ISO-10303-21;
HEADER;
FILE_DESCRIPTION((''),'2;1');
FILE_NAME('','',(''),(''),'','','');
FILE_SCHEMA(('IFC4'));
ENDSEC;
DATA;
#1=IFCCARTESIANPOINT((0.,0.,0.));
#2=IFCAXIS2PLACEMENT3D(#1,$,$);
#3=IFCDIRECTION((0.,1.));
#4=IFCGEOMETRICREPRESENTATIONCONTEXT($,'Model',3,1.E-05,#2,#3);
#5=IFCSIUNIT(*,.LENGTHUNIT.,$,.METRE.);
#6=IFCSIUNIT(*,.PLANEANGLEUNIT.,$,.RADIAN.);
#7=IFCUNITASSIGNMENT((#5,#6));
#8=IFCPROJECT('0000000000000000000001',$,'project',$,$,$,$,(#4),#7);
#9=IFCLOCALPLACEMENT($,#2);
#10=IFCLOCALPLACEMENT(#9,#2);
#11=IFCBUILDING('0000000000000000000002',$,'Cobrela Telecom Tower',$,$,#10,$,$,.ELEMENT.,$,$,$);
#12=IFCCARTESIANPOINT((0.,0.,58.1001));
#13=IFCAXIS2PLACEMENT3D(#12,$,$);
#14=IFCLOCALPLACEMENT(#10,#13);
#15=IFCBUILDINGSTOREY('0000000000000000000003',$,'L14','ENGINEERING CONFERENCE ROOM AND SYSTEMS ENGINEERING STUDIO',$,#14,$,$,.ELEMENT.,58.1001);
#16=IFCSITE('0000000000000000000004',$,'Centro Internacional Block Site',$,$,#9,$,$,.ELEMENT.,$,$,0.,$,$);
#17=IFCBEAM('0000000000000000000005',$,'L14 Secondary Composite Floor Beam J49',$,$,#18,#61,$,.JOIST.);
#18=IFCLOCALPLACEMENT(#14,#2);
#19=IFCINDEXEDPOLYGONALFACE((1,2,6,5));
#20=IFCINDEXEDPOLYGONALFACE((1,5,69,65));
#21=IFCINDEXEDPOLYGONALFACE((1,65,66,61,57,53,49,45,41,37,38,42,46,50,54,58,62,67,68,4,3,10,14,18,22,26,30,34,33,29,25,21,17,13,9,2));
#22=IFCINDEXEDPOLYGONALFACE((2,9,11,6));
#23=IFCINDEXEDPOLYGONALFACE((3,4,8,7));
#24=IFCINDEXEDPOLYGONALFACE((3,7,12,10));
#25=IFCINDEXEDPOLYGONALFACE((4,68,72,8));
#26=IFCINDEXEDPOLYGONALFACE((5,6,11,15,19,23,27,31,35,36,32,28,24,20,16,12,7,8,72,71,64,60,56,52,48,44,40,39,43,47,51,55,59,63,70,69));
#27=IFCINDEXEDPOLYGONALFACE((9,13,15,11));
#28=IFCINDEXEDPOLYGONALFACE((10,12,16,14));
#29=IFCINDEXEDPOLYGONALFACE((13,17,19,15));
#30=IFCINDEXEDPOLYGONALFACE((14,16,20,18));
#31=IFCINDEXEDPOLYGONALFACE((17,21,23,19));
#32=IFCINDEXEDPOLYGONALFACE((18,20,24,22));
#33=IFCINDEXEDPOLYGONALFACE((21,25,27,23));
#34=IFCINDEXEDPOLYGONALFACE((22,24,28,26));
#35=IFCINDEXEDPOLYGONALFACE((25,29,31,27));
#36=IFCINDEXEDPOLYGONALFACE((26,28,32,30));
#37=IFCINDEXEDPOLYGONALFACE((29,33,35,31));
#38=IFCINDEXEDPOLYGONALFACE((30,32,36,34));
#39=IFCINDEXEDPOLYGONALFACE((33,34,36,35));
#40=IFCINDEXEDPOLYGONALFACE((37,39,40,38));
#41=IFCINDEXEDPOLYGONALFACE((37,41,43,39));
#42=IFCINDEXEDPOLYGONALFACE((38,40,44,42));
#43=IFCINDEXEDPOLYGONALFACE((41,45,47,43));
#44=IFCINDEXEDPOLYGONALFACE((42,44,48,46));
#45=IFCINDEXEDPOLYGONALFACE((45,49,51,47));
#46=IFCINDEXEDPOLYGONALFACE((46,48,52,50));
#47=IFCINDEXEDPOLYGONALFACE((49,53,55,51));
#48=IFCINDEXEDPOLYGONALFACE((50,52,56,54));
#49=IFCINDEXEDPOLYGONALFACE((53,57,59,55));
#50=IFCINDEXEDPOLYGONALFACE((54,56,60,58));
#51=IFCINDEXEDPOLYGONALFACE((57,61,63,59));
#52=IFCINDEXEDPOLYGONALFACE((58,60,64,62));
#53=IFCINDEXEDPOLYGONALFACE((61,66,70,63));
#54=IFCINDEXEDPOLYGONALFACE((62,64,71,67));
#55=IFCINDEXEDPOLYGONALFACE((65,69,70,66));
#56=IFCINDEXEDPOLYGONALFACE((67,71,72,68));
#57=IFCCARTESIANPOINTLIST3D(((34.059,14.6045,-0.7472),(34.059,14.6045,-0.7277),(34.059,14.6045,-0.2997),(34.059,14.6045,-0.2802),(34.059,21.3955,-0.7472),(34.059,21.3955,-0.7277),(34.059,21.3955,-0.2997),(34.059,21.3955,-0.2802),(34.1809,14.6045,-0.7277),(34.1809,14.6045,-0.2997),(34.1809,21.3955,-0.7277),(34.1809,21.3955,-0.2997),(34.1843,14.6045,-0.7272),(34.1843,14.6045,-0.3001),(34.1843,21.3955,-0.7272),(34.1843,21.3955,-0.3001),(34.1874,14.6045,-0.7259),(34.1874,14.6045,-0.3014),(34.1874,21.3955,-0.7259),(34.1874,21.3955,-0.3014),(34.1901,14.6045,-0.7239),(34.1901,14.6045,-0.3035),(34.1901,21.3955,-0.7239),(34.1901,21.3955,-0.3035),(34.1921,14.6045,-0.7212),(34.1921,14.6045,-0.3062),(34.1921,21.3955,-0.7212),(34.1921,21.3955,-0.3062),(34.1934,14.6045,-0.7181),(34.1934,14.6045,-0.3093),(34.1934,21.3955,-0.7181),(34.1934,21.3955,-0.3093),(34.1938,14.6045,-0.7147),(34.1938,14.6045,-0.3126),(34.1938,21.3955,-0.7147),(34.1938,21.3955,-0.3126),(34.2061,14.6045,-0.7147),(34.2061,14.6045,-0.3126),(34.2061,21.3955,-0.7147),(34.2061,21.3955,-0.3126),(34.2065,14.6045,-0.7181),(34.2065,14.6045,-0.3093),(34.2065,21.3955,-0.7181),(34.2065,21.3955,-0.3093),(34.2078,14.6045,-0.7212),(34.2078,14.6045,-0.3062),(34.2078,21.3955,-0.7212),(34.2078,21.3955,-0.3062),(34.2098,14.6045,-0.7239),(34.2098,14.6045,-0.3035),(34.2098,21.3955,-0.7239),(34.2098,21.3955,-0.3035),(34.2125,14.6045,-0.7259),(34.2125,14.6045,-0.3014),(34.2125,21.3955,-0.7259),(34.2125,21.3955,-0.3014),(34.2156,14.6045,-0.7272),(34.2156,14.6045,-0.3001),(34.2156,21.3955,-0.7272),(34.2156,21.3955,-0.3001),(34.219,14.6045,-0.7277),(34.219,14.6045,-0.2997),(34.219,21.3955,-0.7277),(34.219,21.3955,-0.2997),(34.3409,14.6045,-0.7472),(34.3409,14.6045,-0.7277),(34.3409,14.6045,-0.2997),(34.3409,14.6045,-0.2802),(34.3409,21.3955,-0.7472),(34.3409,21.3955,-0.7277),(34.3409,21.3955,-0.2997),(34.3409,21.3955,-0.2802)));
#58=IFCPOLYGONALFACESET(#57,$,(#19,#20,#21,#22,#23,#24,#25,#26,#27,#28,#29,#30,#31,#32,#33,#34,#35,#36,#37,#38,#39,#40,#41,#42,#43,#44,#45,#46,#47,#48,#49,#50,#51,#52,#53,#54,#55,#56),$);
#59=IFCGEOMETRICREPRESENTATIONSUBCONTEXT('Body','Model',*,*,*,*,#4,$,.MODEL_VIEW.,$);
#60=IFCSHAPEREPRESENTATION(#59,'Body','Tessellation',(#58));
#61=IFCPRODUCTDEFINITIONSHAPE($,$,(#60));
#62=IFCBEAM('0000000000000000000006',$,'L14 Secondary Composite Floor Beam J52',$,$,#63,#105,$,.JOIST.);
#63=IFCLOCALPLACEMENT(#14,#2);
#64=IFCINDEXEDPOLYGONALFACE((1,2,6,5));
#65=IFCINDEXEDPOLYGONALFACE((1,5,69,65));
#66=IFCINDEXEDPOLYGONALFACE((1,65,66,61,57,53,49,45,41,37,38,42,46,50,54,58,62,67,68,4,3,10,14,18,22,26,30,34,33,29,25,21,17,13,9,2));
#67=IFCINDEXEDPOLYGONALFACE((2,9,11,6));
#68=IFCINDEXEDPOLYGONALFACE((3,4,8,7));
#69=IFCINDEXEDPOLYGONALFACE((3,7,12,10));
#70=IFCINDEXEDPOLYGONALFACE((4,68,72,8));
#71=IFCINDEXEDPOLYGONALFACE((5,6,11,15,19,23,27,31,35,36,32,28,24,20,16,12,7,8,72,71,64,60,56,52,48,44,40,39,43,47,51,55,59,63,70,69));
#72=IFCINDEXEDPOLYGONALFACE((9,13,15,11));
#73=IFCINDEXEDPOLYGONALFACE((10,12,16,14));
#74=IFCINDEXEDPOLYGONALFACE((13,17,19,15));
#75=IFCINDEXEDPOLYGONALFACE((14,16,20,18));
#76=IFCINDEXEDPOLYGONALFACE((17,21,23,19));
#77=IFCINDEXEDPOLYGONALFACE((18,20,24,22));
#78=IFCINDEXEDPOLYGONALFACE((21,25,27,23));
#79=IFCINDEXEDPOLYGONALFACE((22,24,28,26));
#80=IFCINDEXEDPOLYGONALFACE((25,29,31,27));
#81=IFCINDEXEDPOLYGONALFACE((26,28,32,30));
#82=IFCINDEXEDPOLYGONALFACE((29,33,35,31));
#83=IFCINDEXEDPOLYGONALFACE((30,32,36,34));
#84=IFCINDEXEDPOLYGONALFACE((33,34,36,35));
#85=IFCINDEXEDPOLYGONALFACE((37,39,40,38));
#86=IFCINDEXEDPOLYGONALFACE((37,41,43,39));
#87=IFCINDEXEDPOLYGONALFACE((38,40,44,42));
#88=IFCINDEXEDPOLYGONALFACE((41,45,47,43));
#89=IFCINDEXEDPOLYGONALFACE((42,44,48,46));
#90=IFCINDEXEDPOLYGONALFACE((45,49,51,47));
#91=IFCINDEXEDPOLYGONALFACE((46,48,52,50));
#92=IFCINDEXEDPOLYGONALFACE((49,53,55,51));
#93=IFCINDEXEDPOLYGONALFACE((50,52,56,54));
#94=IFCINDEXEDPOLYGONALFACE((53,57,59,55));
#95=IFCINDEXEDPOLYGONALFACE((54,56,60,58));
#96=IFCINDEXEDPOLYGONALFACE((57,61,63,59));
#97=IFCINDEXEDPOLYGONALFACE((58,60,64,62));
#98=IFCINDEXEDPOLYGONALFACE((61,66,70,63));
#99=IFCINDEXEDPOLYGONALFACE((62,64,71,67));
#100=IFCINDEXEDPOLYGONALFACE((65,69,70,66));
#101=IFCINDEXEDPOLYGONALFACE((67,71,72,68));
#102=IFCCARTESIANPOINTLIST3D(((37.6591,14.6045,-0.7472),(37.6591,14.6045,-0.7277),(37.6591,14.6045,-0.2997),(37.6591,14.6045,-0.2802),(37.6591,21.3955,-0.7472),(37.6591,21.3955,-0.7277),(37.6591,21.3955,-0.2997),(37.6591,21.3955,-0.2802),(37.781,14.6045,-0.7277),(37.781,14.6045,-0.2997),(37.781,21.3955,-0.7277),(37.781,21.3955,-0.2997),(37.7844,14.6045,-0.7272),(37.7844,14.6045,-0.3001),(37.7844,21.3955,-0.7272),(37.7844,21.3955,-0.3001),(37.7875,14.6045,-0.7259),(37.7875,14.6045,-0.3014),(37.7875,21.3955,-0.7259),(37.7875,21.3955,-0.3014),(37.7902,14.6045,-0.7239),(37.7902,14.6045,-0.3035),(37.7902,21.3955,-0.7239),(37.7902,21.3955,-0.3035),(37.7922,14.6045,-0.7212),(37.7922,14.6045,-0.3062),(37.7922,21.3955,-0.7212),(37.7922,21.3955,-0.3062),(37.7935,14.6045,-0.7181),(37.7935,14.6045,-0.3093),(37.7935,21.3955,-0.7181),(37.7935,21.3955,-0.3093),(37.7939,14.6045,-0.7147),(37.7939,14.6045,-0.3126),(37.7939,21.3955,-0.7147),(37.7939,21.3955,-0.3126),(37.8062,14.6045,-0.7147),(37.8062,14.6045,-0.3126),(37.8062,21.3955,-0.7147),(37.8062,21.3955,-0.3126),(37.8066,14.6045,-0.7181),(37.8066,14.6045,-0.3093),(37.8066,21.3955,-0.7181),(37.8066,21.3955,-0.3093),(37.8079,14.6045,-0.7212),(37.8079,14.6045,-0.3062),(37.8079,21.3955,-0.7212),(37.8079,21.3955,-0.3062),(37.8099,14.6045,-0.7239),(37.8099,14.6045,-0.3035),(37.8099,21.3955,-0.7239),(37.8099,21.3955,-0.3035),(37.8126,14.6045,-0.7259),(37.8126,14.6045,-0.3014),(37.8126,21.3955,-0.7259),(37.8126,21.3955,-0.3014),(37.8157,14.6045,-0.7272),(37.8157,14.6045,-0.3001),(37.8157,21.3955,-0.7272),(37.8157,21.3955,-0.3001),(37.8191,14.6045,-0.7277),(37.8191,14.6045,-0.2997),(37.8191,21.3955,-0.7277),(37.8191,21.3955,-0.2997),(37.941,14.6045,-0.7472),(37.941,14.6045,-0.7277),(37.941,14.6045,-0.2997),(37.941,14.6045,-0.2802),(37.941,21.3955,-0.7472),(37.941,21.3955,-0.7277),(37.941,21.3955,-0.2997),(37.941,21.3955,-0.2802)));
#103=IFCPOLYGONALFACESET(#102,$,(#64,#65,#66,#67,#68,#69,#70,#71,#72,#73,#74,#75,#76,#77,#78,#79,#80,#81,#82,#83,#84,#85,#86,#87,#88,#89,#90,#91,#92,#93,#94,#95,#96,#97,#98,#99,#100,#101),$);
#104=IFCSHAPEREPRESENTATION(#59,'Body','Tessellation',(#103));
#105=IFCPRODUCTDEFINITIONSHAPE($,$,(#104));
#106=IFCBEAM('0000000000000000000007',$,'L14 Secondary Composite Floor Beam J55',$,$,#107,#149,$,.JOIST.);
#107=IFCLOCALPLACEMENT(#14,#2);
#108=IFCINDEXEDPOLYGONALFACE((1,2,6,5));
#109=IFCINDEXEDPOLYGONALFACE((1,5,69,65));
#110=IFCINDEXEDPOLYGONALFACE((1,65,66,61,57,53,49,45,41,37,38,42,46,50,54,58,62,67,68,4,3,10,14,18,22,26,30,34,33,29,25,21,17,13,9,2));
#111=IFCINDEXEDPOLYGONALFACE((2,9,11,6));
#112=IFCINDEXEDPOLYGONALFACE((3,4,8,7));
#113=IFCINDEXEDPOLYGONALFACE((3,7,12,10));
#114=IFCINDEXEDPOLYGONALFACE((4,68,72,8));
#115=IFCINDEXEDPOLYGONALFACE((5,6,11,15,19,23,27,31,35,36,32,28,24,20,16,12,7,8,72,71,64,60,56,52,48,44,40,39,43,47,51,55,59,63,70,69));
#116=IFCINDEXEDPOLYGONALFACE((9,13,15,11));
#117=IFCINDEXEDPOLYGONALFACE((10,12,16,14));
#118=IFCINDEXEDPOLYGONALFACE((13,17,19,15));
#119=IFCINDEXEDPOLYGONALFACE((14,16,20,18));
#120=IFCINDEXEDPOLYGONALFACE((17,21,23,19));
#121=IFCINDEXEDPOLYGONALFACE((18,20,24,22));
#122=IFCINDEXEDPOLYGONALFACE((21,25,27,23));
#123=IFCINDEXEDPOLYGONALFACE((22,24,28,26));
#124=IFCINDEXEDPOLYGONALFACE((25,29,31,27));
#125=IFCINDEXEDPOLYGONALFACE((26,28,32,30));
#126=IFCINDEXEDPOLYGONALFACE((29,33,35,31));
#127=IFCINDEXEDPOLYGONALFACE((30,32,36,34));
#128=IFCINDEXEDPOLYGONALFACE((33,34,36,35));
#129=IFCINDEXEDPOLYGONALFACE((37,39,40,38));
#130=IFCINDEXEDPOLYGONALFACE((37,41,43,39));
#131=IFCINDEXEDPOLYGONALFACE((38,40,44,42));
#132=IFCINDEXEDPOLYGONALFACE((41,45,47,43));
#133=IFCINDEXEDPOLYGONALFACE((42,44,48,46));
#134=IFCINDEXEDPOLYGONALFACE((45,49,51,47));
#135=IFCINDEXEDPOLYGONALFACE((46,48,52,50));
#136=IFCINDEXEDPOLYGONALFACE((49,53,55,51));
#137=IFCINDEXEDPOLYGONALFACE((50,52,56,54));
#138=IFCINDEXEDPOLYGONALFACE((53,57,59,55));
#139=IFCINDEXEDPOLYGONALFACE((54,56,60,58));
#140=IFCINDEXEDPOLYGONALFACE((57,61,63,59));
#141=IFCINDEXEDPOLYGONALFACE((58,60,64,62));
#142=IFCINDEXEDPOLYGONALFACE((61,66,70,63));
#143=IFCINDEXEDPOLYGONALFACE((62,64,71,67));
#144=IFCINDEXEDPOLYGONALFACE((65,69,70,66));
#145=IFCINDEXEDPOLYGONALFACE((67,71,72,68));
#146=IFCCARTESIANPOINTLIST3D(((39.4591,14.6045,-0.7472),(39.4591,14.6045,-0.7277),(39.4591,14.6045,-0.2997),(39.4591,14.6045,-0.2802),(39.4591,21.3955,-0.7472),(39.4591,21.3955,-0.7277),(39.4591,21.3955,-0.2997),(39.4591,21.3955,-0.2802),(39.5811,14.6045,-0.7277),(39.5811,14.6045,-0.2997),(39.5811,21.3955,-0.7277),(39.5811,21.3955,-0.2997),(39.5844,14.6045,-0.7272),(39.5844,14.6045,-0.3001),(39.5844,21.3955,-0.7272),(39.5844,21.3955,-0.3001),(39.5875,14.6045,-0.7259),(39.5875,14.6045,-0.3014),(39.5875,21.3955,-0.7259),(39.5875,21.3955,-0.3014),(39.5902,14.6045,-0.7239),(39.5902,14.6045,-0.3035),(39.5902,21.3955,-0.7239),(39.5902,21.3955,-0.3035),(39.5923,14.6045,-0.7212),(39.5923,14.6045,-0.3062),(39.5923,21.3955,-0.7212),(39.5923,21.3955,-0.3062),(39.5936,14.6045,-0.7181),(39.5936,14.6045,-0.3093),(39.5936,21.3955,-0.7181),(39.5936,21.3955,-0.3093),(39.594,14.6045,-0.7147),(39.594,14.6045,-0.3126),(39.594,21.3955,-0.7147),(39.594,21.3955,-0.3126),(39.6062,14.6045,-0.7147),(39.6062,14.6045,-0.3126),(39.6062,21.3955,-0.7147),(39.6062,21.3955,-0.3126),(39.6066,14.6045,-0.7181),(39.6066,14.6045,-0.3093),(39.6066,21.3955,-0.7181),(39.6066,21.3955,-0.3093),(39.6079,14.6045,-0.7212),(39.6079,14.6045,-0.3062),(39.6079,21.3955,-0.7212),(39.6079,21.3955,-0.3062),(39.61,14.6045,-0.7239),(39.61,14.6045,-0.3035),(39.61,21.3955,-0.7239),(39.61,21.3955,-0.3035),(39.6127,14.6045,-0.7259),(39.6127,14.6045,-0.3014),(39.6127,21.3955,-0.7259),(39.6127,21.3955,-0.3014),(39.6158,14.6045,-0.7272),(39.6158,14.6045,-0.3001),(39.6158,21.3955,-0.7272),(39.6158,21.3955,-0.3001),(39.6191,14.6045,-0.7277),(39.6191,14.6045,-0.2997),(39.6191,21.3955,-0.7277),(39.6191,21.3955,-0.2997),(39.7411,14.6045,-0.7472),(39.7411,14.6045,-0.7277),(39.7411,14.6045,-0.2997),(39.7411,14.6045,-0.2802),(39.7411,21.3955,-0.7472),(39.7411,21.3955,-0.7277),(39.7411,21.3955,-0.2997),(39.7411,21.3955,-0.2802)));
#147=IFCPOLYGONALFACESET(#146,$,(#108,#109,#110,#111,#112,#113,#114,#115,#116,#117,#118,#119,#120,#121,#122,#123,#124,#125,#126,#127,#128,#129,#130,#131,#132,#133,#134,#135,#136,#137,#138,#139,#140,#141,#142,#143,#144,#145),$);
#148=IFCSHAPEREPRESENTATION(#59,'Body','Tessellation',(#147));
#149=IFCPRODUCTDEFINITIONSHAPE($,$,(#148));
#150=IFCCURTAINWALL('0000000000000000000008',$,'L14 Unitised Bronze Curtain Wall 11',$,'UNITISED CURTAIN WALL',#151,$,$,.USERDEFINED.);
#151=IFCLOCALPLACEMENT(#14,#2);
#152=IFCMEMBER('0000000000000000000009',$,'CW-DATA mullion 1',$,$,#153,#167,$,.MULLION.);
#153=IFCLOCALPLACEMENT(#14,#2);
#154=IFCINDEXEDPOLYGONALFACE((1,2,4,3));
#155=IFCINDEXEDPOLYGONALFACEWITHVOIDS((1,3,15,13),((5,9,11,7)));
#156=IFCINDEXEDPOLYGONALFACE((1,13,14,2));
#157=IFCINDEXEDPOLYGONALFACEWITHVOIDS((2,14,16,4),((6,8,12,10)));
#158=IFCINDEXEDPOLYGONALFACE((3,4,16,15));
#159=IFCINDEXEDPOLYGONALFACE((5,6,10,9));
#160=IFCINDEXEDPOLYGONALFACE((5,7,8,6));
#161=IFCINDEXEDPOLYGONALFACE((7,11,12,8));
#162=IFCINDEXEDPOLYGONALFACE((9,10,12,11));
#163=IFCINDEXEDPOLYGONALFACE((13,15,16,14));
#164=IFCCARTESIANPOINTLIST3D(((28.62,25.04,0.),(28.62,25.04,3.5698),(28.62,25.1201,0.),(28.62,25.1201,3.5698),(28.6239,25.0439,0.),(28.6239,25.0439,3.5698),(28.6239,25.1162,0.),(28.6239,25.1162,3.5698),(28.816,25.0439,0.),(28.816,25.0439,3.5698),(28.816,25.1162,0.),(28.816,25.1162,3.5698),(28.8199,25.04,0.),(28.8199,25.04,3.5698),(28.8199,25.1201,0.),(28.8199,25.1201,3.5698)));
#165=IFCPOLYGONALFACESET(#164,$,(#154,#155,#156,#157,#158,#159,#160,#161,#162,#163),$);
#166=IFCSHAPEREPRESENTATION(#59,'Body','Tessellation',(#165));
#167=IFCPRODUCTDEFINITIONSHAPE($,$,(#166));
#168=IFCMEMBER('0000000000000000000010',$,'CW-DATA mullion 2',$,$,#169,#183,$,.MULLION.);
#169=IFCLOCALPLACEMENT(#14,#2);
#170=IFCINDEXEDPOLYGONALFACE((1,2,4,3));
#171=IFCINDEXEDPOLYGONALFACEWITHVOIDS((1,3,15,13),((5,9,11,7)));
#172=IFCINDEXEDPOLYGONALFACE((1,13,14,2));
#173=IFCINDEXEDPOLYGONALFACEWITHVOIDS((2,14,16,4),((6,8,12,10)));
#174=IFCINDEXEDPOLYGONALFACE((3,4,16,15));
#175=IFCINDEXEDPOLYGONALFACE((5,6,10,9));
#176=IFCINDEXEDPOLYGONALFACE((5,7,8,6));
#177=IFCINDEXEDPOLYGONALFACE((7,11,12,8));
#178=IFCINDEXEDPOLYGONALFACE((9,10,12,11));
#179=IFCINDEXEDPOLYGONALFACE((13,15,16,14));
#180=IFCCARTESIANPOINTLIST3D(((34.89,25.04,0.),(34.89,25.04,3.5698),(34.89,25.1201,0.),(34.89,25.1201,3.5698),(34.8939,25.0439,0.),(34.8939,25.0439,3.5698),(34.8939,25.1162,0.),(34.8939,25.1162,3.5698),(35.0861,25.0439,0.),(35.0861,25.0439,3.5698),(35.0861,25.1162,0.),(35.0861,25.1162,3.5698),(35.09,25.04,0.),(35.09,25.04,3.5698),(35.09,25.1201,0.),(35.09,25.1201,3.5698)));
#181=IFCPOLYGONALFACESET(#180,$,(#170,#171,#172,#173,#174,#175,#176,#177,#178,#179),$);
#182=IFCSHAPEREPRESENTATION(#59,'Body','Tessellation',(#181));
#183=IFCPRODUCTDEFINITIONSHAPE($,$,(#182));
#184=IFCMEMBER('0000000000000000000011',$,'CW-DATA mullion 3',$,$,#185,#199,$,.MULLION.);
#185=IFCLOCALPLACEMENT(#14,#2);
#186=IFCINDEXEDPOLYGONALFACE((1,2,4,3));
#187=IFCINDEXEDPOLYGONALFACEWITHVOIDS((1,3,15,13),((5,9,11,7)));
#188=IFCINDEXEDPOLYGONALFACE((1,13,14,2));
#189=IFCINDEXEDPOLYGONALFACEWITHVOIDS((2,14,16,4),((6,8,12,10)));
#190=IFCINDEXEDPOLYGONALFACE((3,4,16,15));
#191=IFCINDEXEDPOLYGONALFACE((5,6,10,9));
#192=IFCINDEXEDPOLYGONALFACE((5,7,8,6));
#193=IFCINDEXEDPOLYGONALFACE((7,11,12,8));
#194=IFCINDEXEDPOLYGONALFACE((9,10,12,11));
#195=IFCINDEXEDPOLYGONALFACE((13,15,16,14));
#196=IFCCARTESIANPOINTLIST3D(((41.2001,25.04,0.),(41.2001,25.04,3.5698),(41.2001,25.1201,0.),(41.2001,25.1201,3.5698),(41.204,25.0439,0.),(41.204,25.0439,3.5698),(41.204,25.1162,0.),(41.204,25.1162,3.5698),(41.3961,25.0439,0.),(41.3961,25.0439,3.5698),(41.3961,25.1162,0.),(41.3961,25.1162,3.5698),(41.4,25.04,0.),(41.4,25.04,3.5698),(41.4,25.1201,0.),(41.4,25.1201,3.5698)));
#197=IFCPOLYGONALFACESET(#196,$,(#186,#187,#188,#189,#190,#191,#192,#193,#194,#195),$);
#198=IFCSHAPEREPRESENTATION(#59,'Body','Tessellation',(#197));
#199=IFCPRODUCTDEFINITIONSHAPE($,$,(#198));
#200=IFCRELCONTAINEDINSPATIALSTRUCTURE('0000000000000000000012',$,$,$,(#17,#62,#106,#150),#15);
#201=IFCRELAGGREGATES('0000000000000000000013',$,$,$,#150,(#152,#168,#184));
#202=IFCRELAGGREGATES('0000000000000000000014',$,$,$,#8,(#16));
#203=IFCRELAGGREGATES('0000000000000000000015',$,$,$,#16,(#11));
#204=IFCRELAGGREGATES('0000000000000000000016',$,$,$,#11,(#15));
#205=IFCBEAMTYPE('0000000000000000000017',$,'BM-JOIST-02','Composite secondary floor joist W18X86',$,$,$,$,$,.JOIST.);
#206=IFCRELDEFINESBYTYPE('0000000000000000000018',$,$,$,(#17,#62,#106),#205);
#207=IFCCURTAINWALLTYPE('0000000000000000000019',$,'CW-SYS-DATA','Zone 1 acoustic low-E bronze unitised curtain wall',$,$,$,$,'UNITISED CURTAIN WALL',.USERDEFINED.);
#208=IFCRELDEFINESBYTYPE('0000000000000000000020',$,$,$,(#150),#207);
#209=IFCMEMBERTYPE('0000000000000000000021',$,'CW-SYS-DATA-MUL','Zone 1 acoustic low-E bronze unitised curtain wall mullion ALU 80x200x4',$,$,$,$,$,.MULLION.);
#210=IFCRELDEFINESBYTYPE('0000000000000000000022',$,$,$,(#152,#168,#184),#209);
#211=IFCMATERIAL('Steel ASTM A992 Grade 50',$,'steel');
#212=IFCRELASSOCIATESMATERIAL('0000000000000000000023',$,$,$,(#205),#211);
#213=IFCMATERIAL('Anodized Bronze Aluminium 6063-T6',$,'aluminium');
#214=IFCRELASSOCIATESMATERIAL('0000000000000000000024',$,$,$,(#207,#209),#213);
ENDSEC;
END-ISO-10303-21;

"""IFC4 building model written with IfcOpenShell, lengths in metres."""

from ifc_helpers import new_model, si_unit, direction, frame, origin, origin_2d, place, context, subcontext, project, spatial, hollow_rectangle, i_section, extrude, material, material_profile, profile_set, type_object, element, aggregate, save


model = new_model("IFC4")

# Units and contexts
model_context = context("Model", 3, precision=1e-05, world=origin(), true_north=direction((0.0, 1.0)))
body_context = subcontext(model_context, "Body", "Model", "MODEL_VIEW")
ifc_project = project(units=[si_unit("LENGTHUNIT", "METRE"), si_unit("PLANEANGLEUNIT", "RADIAN")], contexts=[model_context])

# Site, building, storey
site_placement = place(None, origin())
site = spatial("IfcSite", under=ifc_project, at=site_placement, Name="Centro Internacional Block Site", CompositionType="ELEMENT", RefElevation=0.0)
building_placement = place(site_placement, origin())
building = spatial("IfcBuilding", under=site, at=building_placement, Name="Cobrela Telecom Tower", CompositionType="ELEMENT")
storey_placement = place(building_placement, frame((0.0, 0.0, 58.1001)))
storey = spatial("IfcBuildingStorey", under=building, at=storey_placement, Name="L14", Description="ENGINEERING CONFERENCE ROOM AND SYSTEMS ENGINEERING STUDIO", CompositionType="ELEMENT", Elevation=58.1001)

# Shared definitions
ifc_material_1 = material(Name="Steel ASTM A992 Grade 50", Category="steel")

# Beams
ifc_material_profile_1 = material_profile(ifc_material_1, i_section(OverallWidth=0.282, OverallDepth=0.467, WebThickness=0.0122, FlangeThickness=0.0195, FilletRadius=0.0129, at=origin_2d()), Name="W18X86")
ifc_profile_set_1 = profile_set([ifc_material_profile_1], Name="Steel ASTM A992 Grade 50")
beam_type_1 = type_object("IfcBeamType", Name="BM-JOIST-02", Description="Composite secondary floor joist W18X86", PredefinedType="JOIST", material=ifc_profile_set_1)
for number, where, z_axis, x_axis, name in (
    (1, (34.2, 14.6045, -0.5137), (0.0, 1.0, 0.0), (-1.0, 0.0, 0.0), "L14 Secondary Composite Floor Beam J49"),
    (2, (37.8, 14.6045, -0.5137), (0.0, 1.0, 0.0), (-1.0, 0.0, 0.0), "L14 Secondary Composite Floor Beam J52"),
    (3, (39.6001, 14.6045, -0.5137), (0.0, 1.0, 0.0), (-1.0, 0.0, 0.0), "L14 Secondary Composite Floor Beam J55"),
):
    element("IfcBeam", number, at=place(storey_placement, frame(where, z_axis=z_axis, x_axis=x_axis)), inside=storey, type_object=beam_type_1, Name=name, PredefinedType="JOIST", context=body_context, shape_type="SweptSolid", body=[
        extrude(i_section(OverallWidth=0.282, OverallDepth=0.467, WebThickness=0.0122, FlangeThickness=0.0195, FilletRadius=0.0129, at=origin_2d()), origin(), (0.0, 0.0, 1.0), 6.791),
    ])

# Curtain wall, members
ifc_material_2 = material(Name="Anodized Bronze Aluminium 6063-T6", Category="aluminium")
curtain_wall_type = type_object("IfcCurtainWallType", Name="CW-SYS-DATA", Description="Zone 1 acoustic low-E bronze unitised curtain wall", ElementType="UNITISED CURTAIN WALL", PredefinedType="USERDEFINED", material=ifc_material_2)
curtain_wall_placement = place(storey_placement, origin())
curtain_wall = element("IfcCurtainWall", 4, at=curtain_wall_placement, inside=storey, type_object=curtain_wall_type, Name="L14 Unitised Bronze Curtain Wall 11", ObjectType="UNITISED CURTAIN WALL", PredefinedType="USERDEFINED")
ifc_material_profile_2 = material_profile(ifc_material_2, hollow_rectangle(XDim=0.0801, YDim=0.2, WallThickness=0.0039, at=origin_2d()), Name="ALU 80x200x4")
ifc_profile_set_2 = profile_set([ifc_material_profile_2], Name="Anodized Bronze Aluminium 6063-T6")
member_type_1 = type_object("IfcMemberType", Name="CW-SYS-DATA-MUL", Description="Zone 1 acoustic low-E bronze unitised curtain wall mullion ALU 80x200x4", PredefinedType="MULLION", material=ifc_profile_set_2)
member_1_placement = place(storey_placement, frame((28.72, 25.0801, 0.0), z_axis=(0.0, 0.0, 1.0), x_axis=(0.0, 1.0, 0.0)))
member_1 = element("IfcMember", 5, at=member_1_placement, type_object=member_type_1, Name="CW-DATA mullion 1", PredefinedType="MULLION", context=body_context, shape_type="SweptSolid", body=[
    extrude(hollow_rectangle(XDim=0.0801, YDim=0.2, WallThickness=0.0039, at=origin_2d()), origin(), (0.0, 0.0, 1.0), 3.5698),
])
member_2_placement = place(storey_placement, frame((34.99, 25.0801, 0.0), z_axis=(0.0, 0.0, 1.0), x_axis=(0.0, 1.0, 0.0)))
member_2 = element("IfcMember", 6, at=member_2_placement, type_object=member_type_1, Name="CW-DATA mullion 2", PredefinedType="MULLION", context=body_context, shape_type="SweptSolid", body=[
    extrude(hollow_rectangle(XDim=0.0801, YDim=0.2, WallThickness=0.0039, at=origin_2d()), origin(), (0.0, 0.0, 1.0), 3.5698),
])
member_3_placement = place(storey_placement, frame((41.3, 25.0801, 0.0), z_axis=(0.0, 0.0, 1.0), x_axis=(0.0, 1.0, 0.0)))
member_3 = element("IfcMember", 7, at=member_3_placement, type_object=member_type_1, Name="CW-DATA mullion 3", PredefinedType="MULLION", context=body_context, shape_type="SweptSolid", body=[
    extrude(hollow_rectangle(XDim=0.0801, YDim=0.2, WallThickness=0.0039, at=origin_2d()), origin(), (0.0, 0.0, 1.0), 3.5698),
])
aggregate(curtain_wall, [member_1, member_2, member_3])

save(model, "model.ifc")
